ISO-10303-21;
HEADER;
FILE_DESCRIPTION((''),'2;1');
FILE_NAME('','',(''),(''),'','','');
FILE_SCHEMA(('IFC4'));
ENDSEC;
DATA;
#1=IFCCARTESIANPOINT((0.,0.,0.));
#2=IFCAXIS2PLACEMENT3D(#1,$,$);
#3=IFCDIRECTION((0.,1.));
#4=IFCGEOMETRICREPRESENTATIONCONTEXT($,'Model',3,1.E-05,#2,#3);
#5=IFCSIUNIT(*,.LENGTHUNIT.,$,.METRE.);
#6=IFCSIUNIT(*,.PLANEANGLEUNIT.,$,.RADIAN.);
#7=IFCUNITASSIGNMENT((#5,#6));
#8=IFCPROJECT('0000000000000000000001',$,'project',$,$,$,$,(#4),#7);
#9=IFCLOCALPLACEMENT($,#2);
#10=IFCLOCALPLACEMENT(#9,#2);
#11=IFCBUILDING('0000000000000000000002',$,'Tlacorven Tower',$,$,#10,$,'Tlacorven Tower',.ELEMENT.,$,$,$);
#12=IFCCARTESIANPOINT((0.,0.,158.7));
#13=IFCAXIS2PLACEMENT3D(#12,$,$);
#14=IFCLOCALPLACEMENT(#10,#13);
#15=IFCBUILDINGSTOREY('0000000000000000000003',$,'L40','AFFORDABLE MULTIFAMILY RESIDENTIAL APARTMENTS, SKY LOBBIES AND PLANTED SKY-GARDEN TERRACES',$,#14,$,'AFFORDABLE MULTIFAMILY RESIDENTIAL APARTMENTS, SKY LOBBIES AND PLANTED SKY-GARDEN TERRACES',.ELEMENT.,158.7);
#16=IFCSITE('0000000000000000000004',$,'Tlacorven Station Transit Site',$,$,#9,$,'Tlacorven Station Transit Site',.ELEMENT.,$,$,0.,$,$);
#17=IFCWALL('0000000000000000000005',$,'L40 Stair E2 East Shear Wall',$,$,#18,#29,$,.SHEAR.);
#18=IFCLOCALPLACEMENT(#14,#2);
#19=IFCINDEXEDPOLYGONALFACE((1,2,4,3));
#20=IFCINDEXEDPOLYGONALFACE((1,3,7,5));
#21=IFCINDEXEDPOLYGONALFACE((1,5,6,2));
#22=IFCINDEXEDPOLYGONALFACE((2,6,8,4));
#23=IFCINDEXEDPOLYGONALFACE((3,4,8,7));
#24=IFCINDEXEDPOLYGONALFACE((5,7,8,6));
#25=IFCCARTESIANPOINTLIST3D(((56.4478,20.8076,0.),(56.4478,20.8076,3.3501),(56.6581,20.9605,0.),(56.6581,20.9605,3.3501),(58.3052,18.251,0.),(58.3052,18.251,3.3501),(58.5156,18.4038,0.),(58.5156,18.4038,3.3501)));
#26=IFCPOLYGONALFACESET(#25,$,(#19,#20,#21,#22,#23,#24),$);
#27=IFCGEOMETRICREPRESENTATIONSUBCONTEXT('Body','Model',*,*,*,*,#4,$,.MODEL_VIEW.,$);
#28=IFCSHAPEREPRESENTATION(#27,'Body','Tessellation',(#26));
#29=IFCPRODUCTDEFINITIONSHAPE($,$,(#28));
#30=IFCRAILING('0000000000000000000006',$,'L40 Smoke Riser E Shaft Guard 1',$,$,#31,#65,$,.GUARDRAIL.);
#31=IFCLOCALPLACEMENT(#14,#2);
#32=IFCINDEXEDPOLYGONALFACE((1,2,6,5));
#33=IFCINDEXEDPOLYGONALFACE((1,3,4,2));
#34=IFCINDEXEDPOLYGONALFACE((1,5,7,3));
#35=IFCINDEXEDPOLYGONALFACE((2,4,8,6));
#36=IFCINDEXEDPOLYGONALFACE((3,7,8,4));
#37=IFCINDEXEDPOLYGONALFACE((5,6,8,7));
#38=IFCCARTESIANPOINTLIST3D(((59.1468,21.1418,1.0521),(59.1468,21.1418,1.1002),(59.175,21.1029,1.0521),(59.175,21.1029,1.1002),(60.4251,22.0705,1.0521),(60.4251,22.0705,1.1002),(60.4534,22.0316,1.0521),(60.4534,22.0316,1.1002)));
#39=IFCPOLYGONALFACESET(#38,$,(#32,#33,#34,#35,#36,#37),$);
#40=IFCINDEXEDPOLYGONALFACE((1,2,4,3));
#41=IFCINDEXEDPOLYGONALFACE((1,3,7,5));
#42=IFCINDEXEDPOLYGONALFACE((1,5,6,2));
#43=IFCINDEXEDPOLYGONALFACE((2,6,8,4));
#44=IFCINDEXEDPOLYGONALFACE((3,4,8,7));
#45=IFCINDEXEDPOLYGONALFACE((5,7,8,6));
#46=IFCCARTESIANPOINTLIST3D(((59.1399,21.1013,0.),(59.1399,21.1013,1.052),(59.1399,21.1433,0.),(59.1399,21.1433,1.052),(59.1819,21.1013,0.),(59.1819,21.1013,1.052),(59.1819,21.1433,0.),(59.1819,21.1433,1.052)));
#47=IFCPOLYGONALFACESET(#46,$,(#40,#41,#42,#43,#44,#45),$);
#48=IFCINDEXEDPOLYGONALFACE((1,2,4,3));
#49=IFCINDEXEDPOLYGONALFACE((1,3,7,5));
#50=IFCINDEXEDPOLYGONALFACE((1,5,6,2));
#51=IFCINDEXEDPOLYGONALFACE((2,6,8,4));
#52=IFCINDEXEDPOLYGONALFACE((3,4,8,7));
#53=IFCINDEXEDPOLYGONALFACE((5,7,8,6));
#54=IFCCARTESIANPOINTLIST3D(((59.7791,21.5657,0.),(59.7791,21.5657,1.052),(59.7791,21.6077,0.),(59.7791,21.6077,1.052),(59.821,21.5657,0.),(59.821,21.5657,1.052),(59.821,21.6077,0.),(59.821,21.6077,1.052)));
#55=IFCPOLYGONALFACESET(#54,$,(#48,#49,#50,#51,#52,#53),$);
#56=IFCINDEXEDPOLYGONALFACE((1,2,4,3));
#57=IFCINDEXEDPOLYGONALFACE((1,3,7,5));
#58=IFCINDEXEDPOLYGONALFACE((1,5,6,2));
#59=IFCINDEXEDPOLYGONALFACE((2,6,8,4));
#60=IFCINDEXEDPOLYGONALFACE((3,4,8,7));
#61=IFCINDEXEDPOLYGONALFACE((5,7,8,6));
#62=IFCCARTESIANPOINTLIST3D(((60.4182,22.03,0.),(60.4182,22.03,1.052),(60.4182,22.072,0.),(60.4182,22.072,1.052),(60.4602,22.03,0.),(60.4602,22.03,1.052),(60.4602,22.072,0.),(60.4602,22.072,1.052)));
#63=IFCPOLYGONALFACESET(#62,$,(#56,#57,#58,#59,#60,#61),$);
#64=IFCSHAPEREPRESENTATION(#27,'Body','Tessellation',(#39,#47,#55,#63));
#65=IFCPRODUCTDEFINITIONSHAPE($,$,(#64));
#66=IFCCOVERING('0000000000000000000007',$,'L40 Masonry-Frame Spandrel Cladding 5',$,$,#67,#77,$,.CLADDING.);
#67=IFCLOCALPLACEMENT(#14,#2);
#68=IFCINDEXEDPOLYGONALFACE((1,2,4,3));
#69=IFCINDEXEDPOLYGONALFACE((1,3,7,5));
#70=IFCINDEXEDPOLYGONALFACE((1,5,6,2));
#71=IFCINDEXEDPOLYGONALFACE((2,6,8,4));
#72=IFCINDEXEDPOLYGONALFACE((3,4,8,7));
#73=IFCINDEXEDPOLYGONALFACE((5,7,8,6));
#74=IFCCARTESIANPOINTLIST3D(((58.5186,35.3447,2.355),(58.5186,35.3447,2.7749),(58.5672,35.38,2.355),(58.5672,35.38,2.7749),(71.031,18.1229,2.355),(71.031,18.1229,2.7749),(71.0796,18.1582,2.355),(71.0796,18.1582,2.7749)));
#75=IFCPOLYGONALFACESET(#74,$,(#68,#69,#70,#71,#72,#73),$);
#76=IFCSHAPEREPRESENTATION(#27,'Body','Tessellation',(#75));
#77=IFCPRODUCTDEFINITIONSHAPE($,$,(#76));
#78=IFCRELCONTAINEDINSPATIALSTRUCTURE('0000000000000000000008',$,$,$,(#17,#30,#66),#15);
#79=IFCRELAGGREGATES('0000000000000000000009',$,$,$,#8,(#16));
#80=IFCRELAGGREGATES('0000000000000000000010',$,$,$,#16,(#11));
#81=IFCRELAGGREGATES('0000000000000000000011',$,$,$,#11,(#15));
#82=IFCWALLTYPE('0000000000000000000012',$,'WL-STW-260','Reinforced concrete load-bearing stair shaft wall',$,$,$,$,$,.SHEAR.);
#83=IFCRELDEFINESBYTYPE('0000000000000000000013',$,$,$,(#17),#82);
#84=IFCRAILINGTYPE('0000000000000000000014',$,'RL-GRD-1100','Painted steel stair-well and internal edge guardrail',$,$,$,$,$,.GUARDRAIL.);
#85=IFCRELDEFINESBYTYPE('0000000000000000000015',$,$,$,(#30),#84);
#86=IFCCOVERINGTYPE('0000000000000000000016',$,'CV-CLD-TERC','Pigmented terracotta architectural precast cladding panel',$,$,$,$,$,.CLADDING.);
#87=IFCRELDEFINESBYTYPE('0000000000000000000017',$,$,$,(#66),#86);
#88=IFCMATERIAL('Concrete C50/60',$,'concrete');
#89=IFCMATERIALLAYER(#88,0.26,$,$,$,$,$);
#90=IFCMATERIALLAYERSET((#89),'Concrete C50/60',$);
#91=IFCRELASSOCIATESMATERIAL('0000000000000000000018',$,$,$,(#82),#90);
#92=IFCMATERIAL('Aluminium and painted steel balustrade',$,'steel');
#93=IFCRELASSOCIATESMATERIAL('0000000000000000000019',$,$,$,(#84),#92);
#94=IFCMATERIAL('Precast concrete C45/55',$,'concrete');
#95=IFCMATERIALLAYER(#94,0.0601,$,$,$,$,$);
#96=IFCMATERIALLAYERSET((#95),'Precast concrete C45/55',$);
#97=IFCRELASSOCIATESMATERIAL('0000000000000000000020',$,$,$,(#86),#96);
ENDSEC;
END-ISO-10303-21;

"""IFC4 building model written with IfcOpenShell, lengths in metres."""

from ifc_helpers import new_model, si_unit, direction, frame, frame_2d, origin, origin_2d, place, context, subcontext, project, spatial, rectangle, extrude, source, transform, mapped, material, layer, layer_set, type_object, element, save


model = new_model("IFC4")

# Units and contexts
model_context = context("Model", 3, precision=1e-05, world=origin(), true_north=direction((0.0, 1.0)))
body_context = subcontext(model_context, "Body", "Model", "MODEL_VIEW")
ifc_project = project(units=[si_unit("LENGTHUNIT", "METRE"), si_unit("PLANEANGLEUNIT", "RADIAN")], contexts=[model_context])

# Site, building, storey
site_placement = place(None, origin())
site = spatial("IfcSite", under=ifc_project, at=site_placement, Name="Tlacorven Station Transit Site", LongName="Tlacorven Station Transit Site", CompositionType="ELEMENT", RefElevation=0.0)
building_placement = place(site_placement, origin())
building = spatial("IfcBuilding", under=site, at=building_placement, Name="Tlacorven Tower", LongName="Tlacorven Tower", CompositionType="ELEMENT")
storey_placement = place(building_placement, frame((0.0, 0.0, 158.7)))
storey = spatial("IfcBuildingStorey", under=building, at=storey_placement, Name="L40", Description="AFFORDABLE MULTIFAMILY RESIDENTIAL APARTMENTS, SKY LOBBIES AND PLANTED SKY-GARDEN TERRACES", LongName="AFFORDABLE MULTIFAMILY RESIDENTIAL APARTMENTS, SKY LOBBIES AND PLANTED SKY-GARDEN TERRACES", CompositionType="ELEMENT", Elevation=158.7)

# Shared definitions
ifc_material_1 = material(Name="Precast concrete C45/55", Category="concrete")

# Wall
ifc_material_2 = material(Name="Concrete C50/60", Category="concrete")
ifc_layer_1 = layer(ifc_material_2, 0.26)
ifc_layer_set_1 = layer_set([ifc_layer_1], Name="Concrete C50/60")
wall_type_1 = type_object("IfcWallType", Name="WL-STW-260", Description="Reinforced concrete load-bearing stair shaft wall", PredefinedType="SHEAR", material=ifc_layer_set_1)
wall_1_placement = place(storey_placement, frame((58.4104, 18.3274, 0.0), z_axis=(0.0, 0.0, 1.0), x_axis=(-0.587767, 0.80903, 0.0)))
element("IfcWall", 1, at=wall_1_placement, inside=storey, type_object=wall_type_1, Name="L40 Stair E2 East Shear Wall", PredefinedType="SHEAR", context=body_context, shape_type="SweptSolid", body=[
    extrude(rectangle(XDim=3.1602, YDim=0.26, at=frame_2d((1.5801, 0.0))), origin(), (0.0, 0.0, 1.0), 3.3501),
])

# Railing
ifc_material_3 = material(Name="Aluminium and painted steel balustrade", Category="steel")
railing_type = type_object("IfcRailingType", Name="RL-GRD-1100", Description="Painted steel stair-well and internal edge guardrail", PredefinedType="GUARDRAIL", material=ifc_material_3)
shared_shape_1 = source(origin(), body_context, "Body", "SweptSolid", [
    extrude(rectangle(XDim=0.0481, YDim=0.0481, at=origin_2d()), frame((0.0, 0.0, 1.0762), z_axis=(0.80903, 0.587767, 0.0), x_axis=(-0.587767, 0.80903, 0.0)), (0.0, 0.0, 1.0), 1.5801),
    extrude(rectangle(XDim=0.042, YDim=0.042, at=origin_2d()), origin(), (0.0, 0.0, 1.0), 1.052),
    extrude(rectangle(XDim=0.042, YDim=0.042, at=origin_2d()), frame((0.6392, 0.4644, 0.0)), (0.0, 0.0, 1.0), 1.052),
    extrude(rectangle(XDim=0.042, YDim=0.042, at=origin_2d()), frame((1.2783, 0.9287, 0.0)), (0.0, 0.0, 1.0), 1.052),
])
railing_placement = place(storey_placement, frame((59.1609, 21.1223, 0.0)))
element("IfcRailing", 2, at=railing_placement, inside=storey, type_object=railing_type, Name="L40 Smoke Riser E Shaft Guard 1", PredefinedType="GUARDRAIL", context=body_context, shape_type="MappedRepresentation", body=[
    mapped(shared_shape_1, transform((0.0, 0.0, 0.0), scale=1.0)),
])

# Covering
ifc_layer_2 = layer(ifc_material_1, 0.0601)
ifc_layer_set_2 = layer_set([ifc_layer_2], Name="Precast concrete C45/55")
covering_type = type_object("IfcCoveringType", Name="CV-CLD-TERC", Description="Pigmented terracotta architectural precast cladding panel", PredefinedType="CLADDING", material=ifc_layer_set_2)
shared_shape_2 = source(origin(), body_context, "Body", "SweptSolid", [
    extrude(rectangle(XDim=21.2874, YDim=0.0601, at=origin_2d()), origin(), (0.0, 0.0, 1.0), 0.4199),
])
covering_placement = place(storey_placement, frame((64.7991, 26.7515, 2.355), z_axis=(0.0, 0.0, 1.0), x_axis=(0.587785, -0.809017, 0.0)))
element("IfcCovering", 3, at=covering_placement, inside=storey, type_object=covering_type, Name="L40 Masonry-Frame Spandrel Cladding 5", PredefinedType="CLADDING", context=body_context, shape_type="MappedRepresentation", body=[
    mapped(shared_shape_2, transform((0.0, 0.0, 0.0), scale=1.0)),
])

save(model, "model.ifc")
